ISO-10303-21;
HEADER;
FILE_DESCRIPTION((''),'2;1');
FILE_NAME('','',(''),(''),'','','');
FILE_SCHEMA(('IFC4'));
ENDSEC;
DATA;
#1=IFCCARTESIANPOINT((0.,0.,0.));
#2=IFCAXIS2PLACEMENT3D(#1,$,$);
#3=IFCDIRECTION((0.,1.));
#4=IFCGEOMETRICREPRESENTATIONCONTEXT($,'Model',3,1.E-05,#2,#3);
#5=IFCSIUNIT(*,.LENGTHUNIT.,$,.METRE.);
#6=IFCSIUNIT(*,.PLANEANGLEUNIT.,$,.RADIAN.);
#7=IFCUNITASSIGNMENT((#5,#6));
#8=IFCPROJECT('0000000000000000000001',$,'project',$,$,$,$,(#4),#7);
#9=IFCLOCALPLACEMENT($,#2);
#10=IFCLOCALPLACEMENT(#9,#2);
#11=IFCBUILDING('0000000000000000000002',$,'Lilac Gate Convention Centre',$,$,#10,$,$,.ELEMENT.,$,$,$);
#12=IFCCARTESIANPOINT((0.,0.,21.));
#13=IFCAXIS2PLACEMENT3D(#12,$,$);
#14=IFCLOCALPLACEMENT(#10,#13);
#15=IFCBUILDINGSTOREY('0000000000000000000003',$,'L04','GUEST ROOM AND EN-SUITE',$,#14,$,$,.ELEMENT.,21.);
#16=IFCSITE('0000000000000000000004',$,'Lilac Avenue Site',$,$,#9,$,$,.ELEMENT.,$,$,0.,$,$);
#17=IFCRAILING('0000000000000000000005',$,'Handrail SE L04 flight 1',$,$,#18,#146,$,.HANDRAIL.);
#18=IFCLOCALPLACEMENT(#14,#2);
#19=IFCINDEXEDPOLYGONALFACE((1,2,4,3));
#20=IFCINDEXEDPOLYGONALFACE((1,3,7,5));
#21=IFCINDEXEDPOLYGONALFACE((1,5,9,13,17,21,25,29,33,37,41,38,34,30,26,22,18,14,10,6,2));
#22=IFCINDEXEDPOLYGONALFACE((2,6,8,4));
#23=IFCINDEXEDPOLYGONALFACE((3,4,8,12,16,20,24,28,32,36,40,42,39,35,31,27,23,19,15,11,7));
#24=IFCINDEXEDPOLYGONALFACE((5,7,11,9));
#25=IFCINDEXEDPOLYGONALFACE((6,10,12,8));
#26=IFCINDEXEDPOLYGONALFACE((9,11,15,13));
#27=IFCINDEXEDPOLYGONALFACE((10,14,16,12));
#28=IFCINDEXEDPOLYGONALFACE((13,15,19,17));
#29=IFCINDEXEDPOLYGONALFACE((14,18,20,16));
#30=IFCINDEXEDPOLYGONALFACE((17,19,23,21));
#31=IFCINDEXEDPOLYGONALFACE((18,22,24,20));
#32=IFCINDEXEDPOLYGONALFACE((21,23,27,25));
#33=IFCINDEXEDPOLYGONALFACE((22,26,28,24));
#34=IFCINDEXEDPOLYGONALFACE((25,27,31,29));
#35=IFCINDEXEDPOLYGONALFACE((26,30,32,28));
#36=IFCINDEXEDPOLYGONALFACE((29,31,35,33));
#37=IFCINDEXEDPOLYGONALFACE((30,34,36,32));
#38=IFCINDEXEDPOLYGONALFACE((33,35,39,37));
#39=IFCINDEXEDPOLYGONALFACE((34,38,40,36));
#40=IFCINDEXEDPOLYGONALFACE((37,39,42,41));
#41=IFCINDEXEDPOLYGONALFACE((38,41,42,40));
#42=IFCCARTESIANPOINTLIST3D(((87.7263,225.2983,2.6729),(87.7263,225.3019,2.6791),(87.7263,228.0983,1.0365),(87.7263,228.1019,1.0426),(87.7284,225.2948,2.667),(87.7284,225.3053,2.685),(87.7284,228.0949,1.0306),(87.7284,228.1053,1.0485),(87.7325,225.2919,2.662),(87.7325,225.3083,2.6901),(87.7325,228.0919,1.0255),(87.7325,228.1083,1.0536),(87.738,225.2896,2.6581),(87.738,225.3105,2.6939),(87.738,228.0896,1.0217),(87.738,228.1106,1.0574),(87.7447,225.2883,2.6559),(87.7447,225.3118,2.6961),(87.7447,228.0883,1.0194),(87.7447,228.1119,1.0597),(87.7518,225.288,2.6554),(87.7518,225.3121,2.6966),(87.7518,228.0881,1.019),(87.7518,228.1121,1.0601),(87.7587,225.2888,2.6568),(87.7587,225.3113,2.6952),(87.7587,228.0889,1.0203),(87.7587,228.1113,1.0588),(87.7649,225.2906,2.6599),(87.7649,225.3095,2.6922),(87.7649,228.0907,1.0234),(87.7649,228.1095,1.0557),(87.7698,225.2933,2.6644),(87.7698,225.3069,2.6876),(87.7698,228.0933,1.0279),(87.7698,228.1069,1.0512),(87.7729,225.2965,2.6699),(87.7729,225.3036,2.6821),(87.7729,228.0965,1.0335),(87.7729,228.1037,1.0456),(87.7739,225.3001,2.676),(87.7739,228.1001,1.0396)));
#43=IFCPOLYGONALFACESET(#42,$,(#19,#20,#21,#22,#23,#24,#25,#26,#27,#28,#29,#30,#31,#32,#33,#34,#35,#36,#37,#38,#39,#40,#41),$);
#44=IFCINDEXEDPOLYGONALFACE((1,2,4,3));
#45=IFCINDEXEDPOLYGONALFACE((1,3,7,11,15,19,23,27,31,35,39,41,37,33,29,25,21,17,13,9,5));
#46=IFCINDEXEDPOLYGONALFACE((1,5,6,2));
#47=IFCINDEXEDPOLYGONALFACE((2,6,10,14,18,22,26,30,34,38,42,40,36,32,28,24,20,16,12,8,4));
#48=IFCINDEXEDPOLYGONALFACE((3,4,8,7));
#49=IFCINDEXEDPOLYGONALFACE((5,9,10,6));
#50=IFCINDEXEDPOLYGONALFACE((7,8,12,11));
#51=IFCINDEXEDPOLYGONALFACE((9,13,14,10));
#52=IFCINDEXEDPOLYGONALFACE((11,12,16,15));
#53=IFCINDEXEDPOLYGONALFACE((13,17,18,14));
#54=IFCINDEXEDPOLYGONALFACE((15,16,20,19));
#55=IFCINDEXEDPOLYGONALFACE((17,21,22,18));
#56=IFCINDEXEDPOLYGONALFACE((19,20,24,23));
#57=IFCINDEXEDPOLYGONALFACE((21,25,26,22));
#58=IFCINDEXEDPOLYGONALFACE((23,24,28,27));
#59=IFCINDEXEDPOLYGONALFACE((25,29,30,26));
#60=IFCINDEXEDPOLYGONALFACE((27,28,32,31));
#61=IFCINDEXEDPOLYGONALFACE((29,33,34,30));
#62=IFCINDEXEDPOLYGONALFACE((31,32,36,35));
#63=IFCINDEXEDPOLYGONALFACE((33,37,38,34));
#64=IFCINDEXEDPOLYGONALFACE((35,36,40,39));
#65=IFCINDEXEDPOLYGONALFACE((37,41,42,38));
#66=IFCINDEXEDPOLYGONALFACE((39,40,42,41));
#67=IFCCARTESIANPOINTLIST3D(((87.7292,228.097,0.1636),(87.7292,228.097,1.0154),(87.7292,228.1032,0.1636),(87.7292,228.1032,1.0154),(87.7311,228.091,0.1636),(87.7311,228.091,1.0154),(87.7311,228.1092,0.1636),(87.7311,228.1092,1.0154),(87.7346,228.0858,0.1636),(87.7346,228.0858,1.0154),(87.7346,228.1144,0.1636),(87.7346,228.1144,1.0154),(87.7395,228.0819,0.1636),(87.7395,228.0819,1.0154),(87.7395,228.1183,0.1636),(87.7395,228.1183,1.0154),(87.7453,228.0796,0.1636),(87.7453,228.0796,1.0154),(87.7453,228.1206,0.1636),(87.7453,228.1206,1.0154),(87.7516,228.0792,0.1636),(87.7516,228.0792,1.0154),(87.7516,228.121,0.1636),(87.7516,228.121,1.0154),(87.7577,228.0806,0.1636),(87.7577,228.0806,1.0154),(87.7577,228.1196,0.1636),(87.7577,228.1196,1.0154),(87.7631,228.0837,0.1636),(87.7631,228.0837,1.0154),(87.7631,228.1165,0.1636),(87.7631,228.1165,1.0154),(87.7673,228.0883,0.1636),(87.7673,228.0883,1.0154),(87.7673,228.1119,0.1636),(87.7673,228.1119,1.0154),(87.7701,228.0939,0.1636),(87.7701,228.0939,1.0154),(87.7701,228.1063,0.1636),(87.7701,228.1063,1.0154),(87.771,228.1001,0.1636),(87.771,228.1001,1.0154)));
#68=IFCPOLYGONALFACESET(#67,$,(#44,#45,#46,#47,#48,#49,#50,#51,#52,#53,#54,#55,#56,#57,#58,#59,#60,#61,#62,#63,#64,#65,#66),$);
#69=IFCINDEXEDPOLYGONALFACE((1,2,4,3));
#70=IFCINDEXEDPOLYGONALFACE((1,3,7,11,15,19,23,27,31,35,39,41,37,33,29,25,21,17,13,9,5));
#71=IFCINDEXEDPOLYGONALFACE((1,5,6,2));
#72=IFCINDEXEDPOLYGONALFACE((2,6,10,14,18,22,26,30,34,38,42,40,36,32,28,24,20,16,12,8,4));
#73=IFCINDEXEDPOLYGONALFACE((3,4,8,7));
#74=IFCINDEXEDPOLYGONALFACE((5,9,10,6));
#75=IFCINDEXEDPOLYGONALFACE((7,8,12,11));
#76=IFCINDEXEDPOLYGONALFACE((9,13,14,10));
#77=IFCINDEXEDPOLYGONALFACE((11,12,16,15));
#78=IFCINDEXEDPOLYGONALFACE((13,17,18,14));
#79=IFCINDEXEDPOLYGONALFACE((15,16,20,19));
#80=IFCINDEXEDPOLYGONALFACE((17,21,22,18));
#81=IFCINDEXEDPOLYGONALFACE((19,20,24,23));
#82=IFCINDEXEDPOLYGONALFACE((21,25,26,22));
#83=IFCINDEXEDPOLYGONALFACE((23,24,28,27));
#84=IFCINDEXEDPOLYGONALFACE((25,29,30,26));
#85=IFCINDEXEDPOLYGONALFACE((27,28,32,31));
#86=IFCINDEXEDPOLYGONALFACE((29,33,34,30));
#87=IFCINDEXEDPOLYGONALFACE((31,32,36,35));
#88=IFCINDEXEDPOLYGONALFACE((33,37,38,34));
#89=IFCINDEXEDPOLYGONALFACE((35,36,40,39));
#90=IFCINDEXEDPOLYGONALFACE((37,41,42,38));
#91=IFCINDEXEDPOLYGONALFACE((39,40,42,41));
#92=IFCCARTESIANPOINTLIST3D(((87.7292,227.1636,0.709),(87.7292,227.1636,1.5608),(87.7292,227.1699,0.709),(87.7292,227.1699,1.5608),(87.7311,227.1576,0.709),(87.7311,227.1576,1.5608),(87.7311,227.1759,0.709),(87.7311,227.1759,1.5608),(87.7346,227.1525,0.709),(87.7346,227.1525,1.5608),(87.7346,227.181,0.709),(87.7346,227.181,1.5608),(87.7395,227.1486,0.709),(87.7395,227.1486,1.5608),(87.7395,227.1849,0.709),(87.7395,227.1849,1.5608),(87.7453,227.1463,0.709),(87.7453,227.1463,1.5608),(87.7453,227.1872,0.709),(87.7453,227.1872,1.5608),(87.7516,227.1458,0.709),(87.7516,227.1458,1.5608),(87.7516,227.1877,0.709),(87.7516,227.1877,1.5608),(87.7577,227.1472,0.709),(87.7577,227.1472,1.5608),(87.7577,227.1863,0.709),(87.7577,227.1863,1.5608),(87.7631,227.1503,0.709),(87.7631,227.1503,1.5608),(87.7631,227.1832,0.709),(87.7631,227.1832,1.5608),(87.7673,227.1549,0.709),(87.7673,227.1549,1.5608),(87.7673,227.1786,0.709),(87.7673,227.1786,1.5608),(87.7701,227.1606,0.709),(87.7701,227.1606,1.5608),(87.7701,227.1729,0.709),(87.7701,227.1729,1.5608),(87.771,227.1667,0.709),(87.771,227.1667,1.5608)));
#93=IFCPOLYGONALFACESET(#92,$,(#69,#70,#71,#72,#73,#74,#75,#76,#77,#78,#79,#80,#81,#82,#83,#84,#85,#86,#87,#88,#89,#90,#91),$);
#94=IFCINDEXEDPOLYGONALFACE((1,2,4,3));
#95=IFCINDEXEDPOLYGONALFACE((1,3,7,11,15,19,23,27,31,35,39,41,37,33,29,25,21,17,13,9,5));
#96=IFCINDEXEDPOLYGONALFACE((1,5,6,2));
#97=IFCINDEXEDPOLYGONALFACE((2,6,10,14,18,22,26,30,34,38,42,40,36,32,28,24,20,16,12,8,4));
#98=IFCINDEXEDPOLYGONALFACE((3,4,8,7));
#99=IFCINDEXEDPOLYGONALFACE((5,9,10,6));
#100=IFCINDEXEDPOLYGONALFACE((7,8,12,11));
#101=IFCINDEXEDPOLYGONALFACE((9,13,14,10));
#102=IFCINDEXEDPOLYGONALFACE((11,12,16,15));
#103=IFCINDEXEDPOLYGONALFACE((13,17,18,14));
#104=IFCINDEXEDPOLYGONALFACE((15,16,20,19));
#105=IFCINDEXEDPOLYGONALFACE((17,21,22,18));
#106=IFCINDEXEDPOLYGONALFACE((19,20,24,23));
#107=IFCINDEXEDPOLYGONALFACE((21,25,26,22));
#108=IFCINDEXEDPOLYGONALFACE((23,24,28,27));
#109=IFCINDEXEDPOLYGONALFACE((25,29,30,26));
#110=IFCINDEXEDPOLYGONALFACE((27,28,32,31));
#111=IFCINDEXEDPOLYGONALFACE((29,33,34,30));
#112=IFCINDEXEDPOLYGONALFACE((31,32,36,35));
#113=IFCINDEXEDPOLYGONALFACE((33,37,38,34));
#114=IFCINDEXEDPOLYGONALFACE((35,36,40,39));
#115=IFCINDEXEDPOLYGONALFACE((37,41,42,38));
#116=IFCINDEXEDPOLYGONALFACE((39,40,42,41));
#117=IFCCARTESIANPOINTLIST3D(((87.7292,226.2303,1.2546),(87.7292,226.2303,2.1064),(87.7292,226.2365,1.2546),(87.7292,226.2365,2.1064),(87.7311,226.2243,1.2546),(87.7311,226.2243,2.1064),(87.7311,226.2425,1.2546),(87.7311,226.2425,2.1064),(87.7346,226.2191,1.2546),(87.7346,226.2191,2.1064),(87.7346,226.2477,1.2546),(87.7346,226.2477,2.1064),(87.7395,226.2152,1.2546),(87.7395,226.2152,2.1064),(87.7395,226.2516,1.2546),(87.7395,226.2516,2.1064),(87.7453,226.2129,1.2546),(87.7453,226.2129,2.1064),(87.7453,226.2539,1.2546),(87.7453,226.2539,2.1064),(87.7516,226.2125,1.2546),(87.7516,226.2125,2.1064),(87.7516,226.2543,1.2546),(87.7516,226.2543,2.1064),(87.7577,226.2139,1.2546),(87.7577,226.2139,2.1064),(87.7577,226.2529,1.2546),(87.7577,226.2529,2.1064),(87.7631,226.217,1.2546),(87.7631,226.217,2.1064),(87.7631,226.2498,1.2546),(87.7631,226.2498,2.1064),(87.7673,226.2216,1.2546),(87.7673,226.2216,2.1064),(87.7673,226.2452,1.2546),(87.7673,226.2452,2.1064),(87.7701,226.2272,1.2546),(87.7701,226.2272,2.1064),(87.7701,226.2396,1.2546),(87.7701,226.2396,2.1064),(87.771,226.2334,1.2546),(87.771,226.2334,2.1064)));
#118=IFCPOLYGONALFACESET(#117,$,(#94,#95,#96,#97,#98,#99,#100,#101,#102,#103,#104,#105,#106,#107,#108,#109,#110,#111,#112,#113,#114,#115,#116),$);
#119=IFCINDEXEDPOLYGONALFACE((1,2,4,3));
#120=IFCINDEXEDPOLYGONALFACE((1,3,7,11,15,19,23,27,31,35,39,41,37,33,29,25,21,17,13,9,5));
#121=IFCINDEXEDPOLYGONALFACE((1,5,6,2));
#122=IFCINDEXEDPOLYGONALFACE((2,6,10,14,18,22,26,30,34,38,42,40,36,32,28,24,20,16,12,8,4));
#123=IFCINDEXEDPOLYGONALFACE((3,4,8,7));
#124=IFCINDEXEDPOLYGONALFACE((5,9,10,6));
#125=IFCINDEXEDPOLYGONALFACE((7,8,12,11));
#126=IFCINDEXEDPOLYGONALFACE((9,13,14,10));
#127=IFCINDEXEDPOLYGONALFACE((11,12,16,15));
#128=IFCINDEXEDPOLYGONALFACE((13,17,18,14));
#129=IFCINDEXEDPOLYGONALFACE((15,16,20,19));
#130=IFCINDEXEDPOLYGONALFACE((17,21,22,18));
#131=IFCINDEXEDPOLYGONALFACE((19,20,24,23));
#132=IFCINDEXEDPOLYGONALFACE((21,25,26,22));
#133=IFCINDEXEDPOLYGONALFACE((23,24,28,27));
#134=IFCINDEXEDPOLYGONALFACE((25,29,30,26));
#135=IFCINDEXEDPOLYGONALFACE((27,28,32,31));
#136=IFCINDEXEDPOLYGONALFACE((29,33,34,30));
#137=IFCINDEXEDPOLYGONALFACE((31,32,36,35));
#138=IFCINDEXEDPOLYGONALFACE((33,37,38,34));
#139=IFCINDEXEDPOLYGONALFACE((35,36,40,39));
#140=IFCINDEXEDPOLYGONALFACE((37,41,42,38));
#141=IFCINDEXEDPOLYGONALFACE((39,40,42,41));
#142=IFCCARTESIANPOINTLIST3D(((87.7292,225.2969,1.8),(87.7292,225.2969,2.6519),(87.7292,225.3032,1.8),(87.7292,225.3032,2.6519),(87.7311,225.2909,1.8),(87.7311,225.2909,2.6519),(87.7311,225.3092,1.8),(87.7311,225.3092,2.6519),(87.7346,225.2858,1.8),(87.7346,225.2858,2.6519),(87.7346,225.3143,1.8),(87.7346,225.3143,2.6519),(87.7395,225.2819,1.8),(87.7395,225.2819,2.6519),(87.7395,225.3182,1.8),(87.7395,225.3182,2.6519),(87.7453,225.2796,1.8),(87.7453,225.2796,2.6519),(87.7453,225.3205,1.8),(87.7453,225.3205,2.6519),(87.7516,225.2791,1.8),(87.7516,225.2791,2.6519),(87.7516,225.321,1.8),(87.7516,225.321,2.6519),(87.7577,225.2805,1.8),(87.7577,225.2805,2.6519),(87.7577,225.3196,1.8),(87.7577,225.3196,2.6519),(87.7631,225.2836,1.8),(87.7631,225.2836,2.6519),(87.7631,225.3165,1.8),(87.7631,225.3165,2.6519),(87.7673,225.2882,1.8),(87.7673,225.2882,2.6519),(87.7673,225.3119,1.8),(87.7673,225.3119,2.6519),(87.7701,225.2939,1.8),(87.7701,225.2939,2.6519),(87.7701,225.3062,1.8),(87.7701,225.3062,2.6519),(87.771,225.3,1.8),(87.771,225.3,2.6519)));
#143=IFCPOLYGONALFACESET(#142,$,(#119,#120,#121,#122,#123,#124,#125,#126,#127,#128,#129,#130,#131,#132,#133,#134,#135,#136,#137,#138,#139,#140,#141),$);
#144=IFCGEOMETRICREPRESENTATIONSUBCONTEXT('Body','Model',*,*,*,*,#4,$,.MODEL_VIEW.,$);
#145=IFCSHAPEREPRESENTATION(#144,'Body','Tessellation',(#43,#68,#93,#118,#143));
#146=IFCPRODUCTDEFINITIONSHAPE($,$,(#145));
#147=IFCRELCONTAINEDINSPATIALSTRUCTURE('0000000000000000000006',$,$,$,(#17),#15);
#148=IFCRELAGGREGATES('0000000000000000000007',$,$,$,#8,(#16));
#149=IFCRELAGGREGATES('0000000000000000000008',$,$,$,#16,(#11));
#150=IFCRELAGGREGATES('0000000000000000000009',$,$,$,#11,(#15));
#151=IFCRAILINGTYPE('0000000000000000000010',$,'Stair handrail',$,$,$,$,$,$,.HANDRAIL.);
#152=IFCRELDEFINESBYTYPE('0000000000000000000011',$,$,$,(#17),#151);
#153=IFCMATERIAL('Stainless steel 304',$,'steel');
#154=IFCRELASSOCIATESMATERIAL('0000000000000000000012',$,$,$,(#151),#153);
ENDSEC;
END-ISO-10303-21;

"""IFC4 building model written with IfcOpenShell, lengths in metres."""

from ifc_helpers import new_model, si_unit, direction, frame, origin, origin_2d, place, context, subcontext, project, spatial, circle, extrude, material, type_object, element, save


model = new_model("IFC4")

# Units and contexts
model_context = context("Model", 3, precision=1e-05, world=origin(), true_north=direction((0.0, 1.0)))
body_context = subcontext(model_context, "Body", "Model", "MODEL_VIEW")
ifc_project = project(units=[si_unit("LENGTHUNIT", "METRE"), si_unit("PLANEANGLEUNIT", "RADIAN")], contexts=[model_context])

# Site, building, storey
site_placement = place(None, origin())
site = spatial("IfcSite", under=ifc_project, at=site_placement, Name="Lilac Avenue Site", CompositionType="ELEMENT", RefElevation=0.0)
building_placement = place(site_placement, origin())
building = spatial("IfcBuilding", under=site, at=building_placement, Name="Lilac Gate Convention Centre", CompositionType="ELEMENT")
storey_placement = place(building_placement, frame((0.0, 0.0, 21.0)))
storey = spatial("IfcBuildingStorey", under=building, at=storey_placement, Name="L04", Description="GUEST ROOM AND EN-SUITE", CompositionType="ELEMENT", Elevation=21.0)

# Railing
ifc_material_1 = material(Name="Stainless steel 304", Category="steel")
railing_type = type_object("IfcRailingType", Name="Stair handrail", PredefinedType="HANDRAIL", material=ifc_material_1)
for number, where, name in (
    (1, (87.75, 228.1001, 0.1636), "Handrail SE L04 flight 1"),
):
    element("IfcRailing", number, at=place(storey_placement, frame(where)), inside=storey, type_object=railing_type, Name=name, PredefinedType="HANDRAIL", context=body_context, shape_type="SweptSolid", body=[
        extrude(circle(Radius=0.0239, at=origin_2d()), frame((0.0, 0.0, 0.876), z_axis=(0.0, -0.863361, 0.504587), x_axis=(1.0, 0.0, 0.0)), (0.0, 0.0, 1.0), 3.2432),
        extrude(circle(Radius=0.021, at=origin_2d()), origin(), (0.0, 0.0, 1.0), 0.8518),
        extrude(circle(Radius=0.021, at=origin_2d()), frame((0.0, -0.9333, 0.5454)), (0.0, 0.0, 1.0), 0.8518),
        extrude(circle(Radius=0.021, at=origin_2d()), frame((0.0, -1.8667, 1.0911)), (0.0, 0.0, 1.0), 0.8518),
        extrude(circle(Radius=0.021, at=origin_2d()), frame((0.0, -2.8, 1.6365)), (0.0, 0.0, 1.0), 0.8518),
    ])

save(model, "model.ifc")
